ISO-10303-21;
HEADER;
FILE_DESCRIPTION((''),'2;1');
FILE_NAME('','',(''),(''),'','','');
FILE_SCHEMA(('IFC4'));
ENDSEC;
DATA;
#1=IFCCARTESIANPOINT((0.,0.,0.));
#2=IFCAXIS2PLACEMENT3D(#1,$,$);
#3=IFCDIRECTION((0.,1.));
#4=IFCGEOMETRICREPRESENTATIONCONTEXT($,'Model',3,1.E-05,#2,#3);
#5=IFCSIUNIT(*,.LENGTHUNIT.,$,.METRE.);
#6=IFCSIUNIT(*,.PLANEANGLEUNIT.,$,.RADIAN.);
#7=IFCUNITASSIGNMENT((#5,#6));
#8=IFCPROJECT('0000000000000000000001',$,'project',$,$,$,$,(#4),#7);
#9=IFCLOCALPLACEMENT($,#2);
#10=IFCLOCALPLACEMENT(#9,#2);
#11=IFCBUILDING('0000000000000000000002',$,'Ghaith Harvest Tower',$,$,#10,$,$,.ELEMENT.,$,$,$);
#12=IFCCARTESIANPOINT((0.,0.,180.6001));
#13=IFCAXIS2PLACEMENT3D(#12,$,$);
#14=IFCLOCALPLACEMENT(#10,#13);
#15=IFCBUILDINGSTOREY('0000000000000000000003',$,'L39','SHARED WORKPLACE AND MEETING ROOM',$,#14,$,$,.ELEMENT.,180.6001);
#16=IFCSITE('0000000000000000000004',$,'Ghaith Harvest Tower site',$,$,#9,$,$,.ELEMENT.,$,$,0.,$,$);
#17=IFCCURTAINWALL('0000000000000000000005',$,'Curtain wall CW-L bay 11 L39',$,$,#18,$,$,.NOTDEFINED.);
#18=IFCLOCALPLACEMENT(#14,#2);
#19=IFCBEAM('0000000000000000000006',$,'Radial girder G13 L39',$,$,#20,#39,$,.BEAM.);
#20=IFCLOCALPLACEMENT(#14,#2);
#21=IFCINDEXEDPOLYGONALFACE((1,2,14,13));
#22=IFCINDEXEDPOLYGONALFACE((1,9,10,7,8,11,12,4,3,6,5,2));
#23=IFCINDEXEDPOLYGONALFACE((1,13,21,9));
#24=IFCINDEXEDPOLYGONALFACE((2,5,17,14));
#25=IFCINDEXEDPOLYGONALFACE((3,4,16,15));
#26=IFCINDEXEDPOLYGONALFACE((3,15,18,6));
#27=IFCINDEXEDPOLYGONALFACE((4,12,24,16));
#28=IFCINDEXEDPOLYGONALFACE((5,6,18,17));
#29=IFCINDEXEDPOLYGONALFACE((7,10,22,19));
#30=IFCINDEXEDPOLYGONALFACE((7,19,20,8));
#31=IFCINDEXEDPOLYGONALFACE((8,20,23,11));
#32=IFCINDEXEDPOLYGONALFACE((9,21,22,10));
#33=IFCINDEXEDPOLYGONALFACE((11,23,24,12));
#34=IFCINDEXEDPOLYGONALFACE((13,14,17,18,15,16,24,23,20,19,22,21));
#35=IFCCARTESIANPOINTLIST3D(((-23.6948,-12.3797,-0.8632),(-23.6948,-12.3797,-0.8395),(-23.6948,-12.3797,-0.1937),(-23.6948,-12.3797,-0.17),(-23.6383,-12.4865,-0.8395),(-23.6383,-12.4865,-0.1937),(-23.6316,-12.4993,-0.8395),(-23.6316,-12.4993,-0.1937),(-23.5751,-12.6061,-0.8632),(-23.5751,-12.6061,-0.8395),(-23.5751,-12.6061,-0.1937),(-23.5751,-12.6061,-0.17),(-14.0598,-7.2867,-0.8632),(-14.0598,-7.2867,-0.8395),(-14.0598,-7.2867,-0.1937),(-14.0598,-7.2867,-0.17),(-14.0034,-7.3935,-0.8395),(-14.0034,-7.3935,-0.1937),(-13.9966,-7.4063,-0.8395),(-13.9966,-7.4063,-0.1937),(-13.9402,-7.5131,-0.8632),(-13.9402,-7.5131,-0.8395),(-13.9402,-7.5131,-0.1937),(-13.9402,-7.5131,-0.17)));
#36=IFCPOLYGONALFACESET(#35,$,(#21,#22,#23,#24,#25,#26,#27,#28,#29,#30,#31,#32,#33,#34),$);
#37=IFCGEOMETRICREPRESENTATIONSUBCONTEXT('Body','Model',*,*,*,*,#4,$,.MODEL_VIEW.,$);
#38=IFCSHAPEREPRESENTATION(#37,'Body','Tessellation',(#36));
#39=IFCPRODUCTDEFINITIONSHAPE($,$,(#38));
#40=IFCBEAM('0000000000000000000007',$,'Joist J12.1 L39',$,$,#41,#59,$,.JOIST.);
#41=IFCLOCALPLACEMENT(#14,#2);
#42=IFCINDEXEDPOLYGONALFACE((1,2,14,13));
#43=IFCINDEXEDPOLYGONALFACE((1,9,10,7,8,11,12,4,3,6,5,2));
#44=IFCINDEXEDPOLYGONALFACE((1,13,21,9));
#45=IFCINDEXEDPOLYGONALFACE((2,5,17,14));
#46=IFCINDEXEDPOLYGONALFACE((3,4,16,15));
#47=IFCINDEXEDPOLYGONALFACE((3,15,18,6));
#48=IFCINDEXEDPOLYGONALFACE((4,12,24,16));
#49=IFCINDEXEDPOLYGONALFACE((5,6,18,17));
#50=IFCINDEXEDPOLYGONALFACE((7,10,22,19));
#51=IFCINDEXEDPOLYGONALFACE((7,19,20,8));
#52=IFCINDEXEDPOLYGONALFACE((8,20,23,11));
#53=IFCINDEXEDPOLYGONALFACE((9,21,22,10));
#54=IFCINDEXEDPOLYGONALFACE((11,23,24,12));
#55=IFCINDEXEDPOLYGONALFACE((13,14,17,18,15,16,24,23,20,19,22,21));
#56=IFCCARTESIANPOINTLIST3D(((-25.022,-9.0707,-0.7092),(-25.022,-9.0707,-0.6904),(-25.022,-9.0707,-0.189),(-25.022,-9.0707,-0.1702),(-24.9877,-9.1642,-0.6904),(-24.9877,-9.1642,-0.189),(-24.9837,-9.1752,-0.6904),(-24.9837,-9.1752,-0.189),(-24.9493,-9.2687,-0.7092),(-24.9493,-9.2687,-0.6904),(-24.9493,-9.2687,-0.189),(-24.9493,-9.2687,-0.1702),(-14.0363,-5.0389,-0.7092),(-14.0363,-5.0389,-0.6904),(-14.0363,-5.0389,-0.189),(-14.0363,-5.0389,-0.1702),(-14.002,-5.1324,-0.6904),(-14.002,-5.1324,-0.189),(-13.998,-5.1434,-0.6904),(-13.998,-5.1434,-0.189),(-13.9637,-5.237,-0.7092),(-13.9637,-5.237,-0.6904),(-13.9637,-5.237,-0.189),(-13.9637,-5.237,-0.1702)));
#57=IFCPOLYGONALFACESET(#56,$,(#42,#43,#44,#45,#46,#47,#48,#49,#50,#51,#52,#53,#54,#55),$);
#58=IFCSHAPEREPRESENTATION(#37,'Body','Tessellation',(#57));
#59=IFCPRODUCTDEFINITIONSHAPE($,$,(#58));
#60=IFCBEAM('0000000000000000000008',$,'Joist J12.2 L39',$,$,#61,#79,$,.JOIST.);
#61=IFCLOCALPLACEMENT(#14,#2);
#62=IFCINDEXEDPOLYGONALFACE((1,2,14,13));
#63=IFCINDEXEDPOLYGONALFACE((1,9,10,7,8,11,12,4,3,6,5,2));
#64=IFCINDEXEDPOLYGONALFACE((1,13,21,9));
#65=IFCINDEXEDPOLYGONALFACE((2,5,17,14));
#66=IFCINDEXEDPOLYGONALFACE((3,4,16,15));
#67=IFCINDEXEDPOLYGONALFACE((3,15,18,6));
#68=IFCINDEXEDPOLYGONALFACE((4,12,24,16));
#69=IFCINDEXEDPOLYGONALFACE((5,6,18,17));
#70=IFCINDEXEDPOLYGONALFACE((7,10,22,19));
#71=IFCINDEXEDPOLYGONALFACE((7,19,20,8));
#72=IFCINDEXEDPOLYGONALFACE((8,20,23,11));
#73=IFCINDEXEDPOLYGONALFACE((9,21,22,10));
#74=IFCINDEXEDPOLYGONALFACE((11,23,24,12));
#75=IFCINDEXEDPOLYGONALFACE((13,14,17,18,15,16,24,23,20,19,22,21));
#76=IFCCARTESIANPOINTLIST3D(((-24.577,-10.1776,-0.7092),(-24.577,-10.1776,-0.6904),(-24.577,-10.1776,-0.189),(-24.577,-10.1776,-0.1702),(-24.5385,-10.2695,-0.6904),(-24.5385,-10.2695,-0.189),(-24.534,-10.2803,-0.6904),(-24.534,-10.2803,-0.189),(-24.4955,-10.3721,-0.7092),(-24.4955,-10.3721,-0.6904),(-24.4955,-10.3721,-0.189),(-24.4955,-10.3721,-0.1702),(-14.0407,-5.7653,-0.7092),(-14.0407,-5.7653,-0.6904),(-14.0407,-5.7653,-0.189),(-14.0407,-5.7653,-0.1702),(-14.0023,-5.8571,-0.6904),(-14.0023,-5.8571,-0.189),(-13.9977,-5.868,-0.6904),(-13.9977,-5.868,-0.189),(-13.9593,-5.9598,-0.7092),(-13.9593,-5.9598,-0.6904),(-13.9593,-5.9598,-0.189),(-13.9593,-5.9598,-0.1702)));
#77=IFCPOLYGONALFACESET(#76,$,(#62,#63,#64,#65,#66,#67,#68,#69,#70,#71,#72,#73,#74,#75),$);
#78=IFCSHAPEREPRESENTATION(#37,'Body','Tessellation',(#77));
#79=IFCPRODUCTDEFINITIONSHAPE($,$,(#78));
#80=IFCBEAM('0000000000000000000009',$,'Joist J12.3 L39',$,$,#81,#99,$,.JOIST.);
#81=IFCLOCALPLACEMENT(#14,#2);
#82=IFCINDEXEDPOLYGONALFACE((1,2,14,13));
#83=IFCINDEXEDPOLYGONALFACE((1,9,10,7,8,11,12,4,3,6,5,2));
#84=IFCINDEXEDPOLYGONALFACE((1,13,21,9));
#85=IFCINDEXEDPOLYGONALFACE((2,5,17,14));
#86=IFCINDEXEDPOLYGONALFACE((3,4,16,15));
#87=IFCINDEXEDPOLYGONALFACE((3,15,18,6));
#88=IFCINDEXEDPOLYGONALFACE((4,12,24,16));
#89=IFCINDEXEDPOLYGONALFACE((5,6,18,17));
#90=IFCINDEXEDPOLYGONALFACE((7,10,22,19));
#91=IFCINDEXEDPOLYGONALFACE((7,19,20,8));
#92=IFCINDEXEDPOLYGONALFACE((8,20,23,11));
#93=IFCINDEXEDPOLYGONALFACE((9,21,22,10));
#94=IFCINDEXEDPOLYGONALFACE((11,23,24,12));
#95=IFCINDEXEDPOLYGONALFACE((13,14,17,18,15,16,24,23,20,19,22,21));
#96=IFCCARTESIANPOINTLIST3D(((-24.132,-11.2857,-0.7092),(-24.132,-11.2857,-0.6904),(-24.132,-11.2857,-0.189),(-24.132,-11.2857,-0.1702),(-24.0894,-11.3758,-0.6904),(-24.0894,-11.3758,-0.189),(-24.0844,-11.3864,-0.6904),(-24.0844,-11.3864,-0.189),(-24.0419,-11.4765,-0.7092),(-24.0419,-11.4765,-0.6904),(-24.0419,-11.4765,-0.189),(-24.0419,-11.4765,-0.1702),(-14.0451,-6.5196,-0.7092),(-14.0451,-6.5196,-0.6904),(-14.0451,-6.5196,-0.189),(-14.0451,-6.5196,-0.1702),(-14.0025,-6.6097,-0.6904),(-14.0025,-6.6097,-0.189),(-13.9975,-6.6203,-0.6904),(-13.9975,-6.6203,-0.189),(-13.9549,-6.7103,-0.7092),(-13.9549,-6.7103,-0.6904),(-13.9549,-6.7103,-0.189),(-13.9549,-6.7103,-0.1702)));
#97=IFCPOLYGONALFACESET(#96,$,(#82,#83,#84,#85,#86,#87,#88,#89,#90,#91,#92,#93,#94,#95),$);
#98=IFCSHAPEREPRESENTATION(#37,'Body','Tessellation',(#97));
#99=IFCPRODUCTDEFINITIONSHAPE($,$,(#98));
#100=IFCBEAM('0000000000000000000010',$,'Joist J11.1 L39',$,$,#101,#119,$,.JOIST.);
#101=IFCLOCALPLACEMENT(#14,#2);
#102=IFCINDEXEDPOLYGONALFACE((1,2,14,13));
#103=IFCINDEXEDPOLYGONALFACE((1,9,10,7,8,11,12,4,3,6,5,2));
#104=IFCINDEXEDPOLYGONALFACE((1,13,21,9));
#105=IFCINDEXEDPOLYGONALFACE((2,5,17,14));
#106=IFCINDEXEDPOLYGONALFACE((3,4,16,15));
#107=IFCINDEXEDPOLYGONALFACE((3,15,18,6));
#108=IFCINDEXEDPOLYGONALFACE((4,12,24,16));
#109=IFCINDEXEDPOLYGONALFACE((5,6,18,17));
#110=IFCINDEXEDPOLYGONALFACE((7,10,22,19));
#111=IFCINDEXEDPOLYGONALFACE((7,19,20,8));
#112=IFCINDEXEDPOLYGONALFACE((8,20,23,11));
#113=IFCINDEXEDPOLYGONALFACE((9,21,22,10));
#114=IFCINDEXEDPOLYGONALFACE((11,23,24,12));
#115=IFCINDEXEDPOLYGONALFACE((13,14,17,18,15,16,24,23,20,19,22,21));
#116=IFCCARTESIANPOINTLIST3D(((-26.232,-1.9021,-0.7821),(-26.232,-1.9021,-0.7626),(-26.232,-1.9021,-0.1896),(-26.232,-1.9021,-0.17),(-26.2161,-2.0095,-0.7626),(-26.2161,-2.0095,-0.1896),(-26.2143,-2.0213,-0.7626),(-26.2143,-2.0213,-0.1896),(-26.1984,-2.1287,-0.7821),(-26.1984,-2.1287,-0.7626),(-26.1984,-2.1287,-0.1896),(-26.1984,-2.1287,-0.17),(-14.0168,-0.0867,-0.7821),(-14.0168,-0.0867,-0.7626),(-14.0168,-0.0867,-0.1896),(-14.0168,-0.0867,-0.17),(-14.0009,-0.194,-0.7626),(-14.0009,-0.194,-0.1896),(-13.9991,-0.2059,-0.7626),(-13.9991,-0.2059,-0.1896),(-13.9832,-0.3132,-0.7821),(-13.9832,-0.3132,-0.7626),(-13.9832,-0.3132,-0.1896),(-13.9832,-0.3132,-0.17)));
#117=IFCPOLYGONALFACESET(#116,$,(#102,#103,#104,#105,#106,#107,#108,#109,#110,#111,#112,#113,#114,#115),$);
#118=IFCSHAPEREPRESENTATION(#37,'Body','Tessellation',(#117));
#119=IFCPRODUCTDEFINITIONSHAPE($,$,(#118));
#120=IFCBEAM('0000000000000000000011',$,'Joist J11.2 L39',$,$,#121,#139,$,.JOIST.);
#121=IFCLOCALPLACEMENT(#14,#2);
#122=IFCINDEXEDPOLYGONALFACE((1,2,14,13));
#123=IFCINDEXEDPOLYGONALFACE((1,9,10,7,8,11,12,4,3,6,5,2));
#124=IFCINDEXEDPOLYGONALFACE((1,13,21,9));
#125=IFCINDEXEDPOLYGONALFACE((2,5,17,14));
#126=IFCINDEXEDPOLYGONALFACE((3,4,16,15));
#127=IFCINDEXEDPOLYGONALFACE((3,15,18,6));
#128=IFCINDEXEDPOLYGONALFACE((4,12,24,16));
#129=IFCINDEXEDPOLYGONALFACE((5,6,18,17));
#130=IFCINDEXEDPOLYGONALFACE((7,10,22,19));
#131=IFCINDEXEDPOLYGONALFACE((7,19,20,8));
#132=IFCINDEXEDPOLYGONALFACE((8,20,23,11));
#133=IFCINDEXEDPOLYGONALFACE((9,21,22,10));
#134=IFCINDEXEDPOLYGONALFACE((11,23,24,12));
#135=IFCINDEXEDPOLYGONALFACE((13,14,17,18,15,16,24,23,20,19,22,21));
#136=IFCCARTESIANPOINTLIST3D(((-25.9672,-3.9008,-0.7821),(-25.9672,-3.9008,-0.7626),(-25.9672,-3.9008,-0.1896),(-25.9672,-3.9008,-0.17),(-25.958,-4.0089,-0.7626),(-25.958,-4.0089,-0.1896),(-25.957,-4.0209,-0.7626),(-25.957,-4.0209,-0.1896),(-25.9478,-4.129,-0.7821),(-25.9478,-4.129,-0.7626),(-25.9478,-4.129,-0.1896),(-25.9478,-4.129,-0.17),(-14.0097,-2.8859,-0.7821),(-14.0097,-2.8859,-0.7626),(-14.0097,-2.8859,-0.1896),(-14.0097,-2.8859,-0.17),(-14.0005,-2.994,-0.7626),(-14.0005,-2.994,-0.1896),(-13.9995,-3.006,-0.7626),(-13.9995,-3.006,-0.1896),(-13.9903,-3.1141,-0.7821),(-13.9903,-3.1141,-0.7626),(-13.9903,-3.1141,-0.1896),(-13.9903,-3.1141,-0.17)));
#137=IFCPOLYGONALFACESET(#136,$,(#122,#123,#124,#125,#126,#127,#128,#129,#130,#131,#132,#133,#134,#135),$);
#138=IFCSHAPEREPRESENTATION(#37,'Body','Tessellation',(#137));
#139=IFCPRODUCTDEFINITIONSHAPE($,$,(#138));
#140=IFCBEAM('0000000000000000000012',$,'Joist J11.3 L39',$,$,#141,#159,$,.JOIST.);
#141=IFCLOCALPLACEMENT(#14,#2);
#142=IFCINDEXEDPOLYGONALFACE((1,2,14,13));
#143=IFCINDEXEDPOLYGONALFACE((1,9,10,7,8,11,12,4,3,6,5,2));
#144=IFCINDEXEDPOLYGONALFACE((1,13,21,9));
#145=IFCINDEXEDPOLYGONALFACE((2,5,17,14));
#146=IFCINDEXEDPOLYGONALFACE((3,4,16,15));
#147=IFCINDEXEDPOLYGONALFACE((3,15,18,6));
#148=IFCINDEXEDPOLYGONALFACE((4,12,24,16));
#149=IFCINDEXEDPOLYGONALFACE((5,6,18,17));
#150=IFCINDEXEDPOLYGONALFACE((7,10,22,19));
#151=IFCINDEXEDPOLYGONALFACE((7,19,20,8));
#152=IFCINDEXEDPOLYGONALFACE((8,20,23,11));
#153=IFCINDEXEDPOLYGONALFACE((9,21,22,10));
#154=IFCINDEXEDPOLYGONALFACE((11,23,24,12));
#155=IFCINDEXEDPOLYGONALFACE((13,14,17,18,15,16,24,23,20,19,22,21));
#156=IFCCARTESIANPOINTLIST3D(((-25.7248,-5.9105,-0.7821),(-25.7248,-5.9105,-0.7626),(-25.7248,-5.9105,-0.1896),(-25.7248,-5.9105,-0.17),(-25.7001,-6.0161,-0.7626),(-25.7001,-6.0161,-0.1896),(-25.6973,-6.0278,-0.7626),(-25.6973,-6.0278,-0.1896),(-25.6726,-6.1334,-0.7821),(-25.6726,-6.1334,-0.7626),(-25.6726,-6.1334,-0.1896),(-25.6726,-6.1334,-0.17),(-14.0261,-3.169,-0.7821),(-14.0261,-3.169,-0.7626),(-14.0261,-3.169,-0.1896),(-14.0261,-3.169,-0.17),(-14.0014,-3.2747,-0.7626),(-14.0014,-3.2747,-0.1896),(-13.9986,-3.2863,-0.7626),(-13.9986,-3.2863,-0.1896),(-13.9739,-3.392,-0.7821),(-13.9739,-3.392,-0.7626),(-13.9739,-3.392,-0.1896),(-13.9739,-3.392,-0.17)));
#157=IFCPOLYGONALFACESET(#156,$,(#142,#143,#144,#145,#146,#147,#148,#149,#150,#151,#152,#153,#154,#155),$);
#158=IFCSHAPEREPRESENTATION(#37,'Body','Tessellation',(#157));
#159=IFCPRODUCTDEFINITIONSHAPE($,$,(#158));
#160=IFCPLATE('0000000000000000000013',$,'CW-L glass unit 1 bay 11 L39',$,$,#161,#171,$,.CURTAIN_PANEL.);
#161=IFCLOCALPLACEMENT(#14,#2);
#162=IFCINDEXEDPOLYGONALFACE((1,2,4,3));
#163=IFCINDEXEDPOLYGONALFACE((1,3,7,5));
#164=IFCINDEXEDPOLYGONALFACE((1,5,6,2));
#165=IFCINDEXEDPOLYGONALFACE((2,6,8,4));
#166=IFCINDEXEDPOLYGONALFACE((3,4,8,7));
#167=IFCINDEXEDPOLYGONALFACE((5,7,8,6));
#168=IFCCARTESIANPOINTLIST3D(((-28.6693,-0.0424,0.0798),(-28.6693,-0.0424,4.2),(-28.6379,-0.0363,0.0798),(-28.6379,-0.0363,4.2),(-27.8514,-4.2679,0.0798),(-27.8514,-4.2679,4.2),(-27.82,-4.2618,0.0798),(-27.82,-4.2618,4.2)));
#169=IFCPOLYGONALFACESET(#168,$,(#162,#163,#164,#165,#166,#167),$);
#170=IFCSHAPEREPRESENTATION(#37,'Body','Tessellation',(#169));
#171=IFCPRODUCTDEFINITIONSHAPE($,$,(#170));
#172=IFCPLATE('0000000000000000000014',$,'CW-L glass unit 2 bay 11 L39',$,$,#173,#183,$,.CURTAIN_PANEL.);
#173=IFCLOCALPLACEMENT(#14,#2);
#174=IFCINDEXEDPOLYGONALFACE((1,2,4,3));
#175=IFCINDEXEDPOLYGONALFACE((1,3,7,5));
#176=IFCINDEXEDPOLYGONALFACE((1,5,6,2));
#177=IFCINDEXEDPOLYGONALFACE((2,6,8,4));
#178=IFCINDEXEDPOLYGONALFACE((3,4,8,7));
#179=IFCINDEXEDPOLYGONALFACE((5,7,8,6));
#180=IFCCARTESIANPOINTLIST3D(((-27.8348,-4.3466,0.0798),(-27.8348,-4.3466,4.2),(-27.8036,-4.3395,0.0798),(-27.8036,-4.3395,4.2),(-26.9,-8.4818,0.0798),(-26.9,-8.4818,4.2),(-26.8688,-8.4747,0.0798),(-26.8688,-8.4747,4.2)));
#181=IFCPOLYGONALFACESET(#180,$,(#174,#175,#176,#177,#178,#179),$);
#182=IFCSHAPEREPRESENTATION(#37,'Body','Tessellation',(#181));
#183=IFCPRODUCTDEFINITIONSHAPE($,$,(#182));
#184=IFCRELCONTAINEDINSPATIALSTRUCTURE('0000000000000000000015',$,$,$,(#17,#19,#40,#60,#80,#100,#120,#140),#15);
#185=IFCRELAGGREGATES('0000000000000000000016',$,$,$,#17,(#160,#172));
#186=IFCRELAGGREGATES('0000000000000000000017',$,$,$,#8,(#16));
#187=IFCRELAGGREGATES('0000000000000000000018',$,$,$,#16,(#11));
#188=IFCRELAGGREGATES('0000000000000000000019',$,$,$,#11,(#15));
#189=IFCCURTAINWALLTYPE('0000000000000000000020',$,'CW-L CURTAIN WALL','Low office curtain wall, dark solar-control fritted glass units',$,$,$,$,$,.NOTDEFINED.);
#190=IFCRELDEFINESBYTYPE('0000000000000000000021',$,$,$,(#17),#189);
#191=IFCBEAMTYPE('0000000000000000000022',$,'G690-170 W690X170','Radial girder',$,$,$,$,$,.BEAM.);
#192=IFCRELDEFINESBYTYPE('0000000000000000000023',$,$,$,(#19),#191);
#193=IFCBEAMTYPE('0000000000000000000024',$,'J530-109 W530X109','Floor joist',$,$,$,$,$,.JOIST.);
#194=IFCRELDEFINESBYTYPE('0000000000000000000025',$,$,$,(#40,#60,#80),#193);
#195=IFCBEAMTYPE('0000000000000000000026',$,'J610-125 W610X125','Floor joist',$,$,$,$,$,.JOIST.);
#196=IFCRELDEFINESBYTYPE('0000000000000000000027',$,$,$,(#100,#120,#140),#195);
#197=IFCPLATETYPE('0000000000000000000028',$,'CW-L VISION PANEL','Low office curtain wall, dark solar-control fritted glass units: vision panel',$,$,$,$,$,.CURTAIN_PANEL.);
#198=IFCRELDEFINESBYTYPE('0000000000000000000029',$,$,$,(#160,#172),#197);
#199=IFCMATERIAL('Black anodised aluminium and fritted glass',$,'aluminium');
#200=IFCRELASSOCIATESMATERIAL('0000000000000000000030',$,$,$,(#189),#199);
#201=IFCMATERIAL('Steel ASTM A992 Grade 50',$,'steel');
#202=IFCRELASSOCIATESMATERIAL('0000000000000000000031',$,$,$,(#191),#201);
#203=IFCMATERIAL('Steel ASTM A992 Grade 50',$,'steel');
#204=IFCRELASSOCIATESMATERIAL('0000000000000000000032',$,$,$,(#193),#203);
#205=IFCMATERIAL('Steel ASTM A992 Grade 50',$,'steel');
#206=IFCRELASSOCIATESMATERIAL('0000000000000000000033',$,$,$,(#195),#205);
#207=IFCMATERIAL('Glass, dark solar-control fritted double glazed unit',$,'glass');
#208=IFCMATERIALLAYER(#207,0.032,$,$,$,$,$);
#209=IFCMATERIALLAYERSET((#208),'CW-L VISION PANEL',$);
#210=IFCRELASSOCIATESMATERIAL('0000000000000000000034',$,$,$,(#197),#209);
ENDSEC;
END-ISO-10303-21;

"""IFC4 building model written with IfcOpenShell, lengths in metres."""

from ifc_helpers import new_model, si_unit, direction, frame, origin, origin_2d, place, context, subcontext, project, spatial, rectangle, i_section, extrude, material, layer, layer_set, material_profile, profile_set, type_object, element, aggregate, save


model = new_model("IFC4")

# Units and contexts
model_context = context("Model", 3, precision=1e-05, world=origin(), true_north=direction((0.0, 1.0)))
body_context = subcontext(model_context, "Body", "Model", "MODEL_VIEW")
ifc_project = project(units=[si_unit("LENGTHUNIT", "METRE"), si_unit("PLANEANGLEUNIT", "RADIAN")], contexts=[model_context])

# Site, building, storey
site_placement = place(None, origin())
site = spatial("IfcSite", under=ifc_project, at=site_placement, Name="Ghaith Harvest Tower site", CompositionType="ELEMENT", RefElevation=0.0)
building_placement = place(site_placement, origin())
building = spatial("IfcBuilding", under=site, at=building_placement, Name="Ghaith Harvest Tower", CompositionType="ELEMENT")
storey_placement = place(building_placement, frame((0.0, 0.0, 180.6001)))
storey = spatial("IfcBuildingStorey", under=building, at=storey_placement, Name="L39", Description="SHARED WORKPLACE AND MEETING ROOM", CompositionType="ELEMENT", Elevation=180.6001)

# Curtain wall
ifc_material_1 = material(Name="Black anodised aluminium and fritted glass", Category="aluminium")
curtain_wall_type = type_object("IfcCurtainWallType", Name="CW-L CURTAIN WALL", Description="Low office curtain wall, dark solar-control fritted glass units", PredefinedType="NOTDEFINED", material=ifc_material_1)
curtain_wall_1_placement = place(storey_placement, origin())
curtain_wall_1 = element("IfcCurtainWall", 1, at=curtain_wall_1_placement, inside=storey, type_object=curtain_wall_type, Name="Curtain wall CW-L bay 11 L39", PredefinedType="NOTDEFINED")

# Beams
ifc_material_2 = material(Name="Steel ASTM A992 Grade 50", Category="steel")
ifc_material_profile_1 = material_profile(ifc_material_2, i_section(OverallWidth=0.2561, OverallDepth=0.6931, WebThickness=0.0144, FlangeThickness=0.0237, at=origin_2d()), Name="W690X170")
ifc_profile_set_1 = profile_set([ifc_material_profile_1], Name="Steel ASTM A992 Grade 50")
beam_type_1 = type_object("IfcBeamType", Name="G690-170 W690X170", Description="Radial girder", PredefinedType="BEAM", material=ifc_profile_set_1)
beam_1_placement = place(storey_placement, frame((-14.0, -7.3999, -0.5166), z_axis=(-0.884086, -0.467324, 0.0), x_axis=(0.467324, -0.884086, 0.0)))
element("IfcBeam", 2, at=beam_1_placement, inside=storey, type_object=beam_type_1, Name="Radial girder G13 L39", PredefinedType="BEAM", context=body_context, shape_type="SweptSolid", body=[
    extrude(i_section(OverallWidth=0.2561, OverallDepth=0.6931, WebThickness=0.0144, FlangeThickness=0.0237, at=origin_2d()), origin(), (0.0, 0.0, 1.0), 10.8982),
])
ifc_material_3 = material(Name="Steel ASTM A992 Grade 50", Category="steel")
ifc_material_profile_2 = material_profile(ifc_material_3, i_section(OverallWidth=0.2109, OverallDepth=0.5391, WebThickness=0.0117, FlangeThickness=0.0188, at=origin_2d()), Name="W530X109")
ifc_profile_set_2 = profile_set([ifc_material_profile_2], Name="Steel ASTM A992 Grade 50")
beam_type_2 = type_object("IfcBeamType", Name="J530-109 W530X109", Description="Floor joist", PredefinedType="JOIST", material=ifc_profile_set_2)
beam_2_placement = place(storey_placement, frame((-14.0, -5.1379, -0.4397), z_axis=(-0.938774, -0.344532, 0.0), x_axis=(0.344532, -0.938774, 0.0)))
element("IfcBeam", 3, at=beam_2_placement, inside=storey, type_object=beam_type_2, Name="Joist J12.1 L39", PredefinedType="JOIST", context=body_context, shape_type="SweptSolid", body=[
    extrude(i_section(OverallWidth=0.2109, OverallDepth=0.5391, WebThickness=0.0117, FlangeThickness=0.0188, at=origin_2d()), origin(), (0.0, 0.0, 1.0), 11.7021),
])
beam_3_placement = place(storey_placement, frame((-14.0, -5.8625, -0.4397), z_axis=(-0.922386, -0.38627, 0.0), x_axis=(0.38627, -0.922386, 0.0)))
element("IfcBeam", 4, at=beam_3_placement, inside=storey, type_object=beam_type_2, Name="Joist J12.2 L39", PredefinedType="JOIST", context=body_context, shape_type="SweptSolid", body=[
    extrude(i_section(OverallWidth=0.2109, OverallDepth=0.5391, WebThickness=0.0117, FlangeThickness=0.0188, at=origin_2d()), origin(), (0.0, 0.0, 1.0), 11.4229),
])
beam_4_placement = place(storey_placement, frame((-14.0, -6.615, -0.4397), z_axis=(-0.90415, -0.427215, 0.0), x_axis=(0.427215, -0.90415, 0.0)))
element("IfcBeam", 5, at=beam_4_placement, inside=storey, type_object=beam_type_2, Name="Joist J12.3 L39", PredefinedType="JOIST", context=body_context, shape_type="SweptSolid", body=[
    extrude(i_section(OverallWidth=0.2109, OverallDepth=0.5391, WebThickness=0.0117, FlangeThickness=0.0188, at=origin_2d()), origin(), (0.0, 0.0, 1.0), 11.1562),
])
ifc_material_4 = material(Name="Steel ASTM A992 Grade 50", Category="steel")
ifc_material_profile_3 = material_profile(ifc_material_4, i_section(OverallWidth=0.229, OverallDepth=0.6121, WebThickness=0.012, FlangeThickness=0.0195, at=origin_2d()), Name="W610X125")
ifc_profile_set_3 = profile_set([ifc_material_profile_3], Name="Steel ASTM A992 Grade 50")
beam_type_3 = type_object("IfcBeamType", Name="J610-125 W610X125", Description="Floor joist", PredefinedType="JOIST", material=ifc_profile_set_3)
beam_5_placement = place(storey_placement, frame((-14.0, -0.2, -0.4761), z_axis=(-0.989135, -0.147007, 0.0), x_axis=(0.147007, -0.989135, 0.0)))
element("IfcBeam", 6, at=beam_5_placement, inside=storey, type_object=beam_type_3, Name="Joist J11.1 L39", PredefinedType="JOIST", context=body_context, shape_type="SweptSolid", body=[
    extrude(i_section(OverallWidth=0.229, OverallDepth=0.6121, WebThickness=0.012, FlangeThickness=0.0195, at=origin_2d()), origin(), (0.0, 0.0, 1.0), 12.3494),
])
beam_6_placement = place(storey_placement, frame((-14.0, -3.0, -0.4761), z_axis=(-0.996417, -0.084571, 0.0), x_axis=(0.084571, -0.996417, 0.0)))
element("IfcBeam", 7, at=beam_6_placement, inside=storey, type_object=beam_type_3, Name="Joist J11.2 L39", PredefinedType="JOIST", context=body_context, shape_type="SweptSolid", body=[
    extrude(i_section(OverallWidth=0.229, OverallDepth=0.6121, WebThickness=0.012, FlangeThickness=0.0195, at=origin_2d()), origin(), (0.0, 0.0, 1.0), 12.0005),
])
beam_7_placement = place(storey_placement, frame((-14.0, -3.2805, -0.4761), z_axis=(-0.973624, -0.228157, 0.0), x_axis=(0.228157, -0.973624, 0.0)))
element("IfcBeam", 8, at=beam_7_placement, inside=storey, type_object=beam_type_3, Name="Joist J11.3 L39", PredefinedType="JOIST", context=body_context, shape_type="SweptSolid", body=[
    extrude(i_section(OverallWidth=0.229, OverallDepth=0.6121, WebThickness=0.012, FlangeThickness=0.0195, at=origin_2d()), origin(), (0.0, 0.0, 1.0), 12.0156),
])

# Plates
ifc_material_5 = material(Name="Glass, dark solar-control fritted double glazed unit", Category="glass")
ifc_layer_1 = layer(ifc_material_5, 0.032)
ifc_layer_set_1 = layer_set([ifc_layer_1], Name="CW-L VISION PANEL")
plate_type_1 = type_object("IfcPlateType", Name="CW-L VISION PANEL", Description="Low office curtain wall, dark solar-control fritted glass units: vision panel", PredefinedType="CURTAIN_PANEL", material=ifc_layer_set_1)
plate_1_placement = place(storey_placement, frame((-28.2446, -2.1521, 0.0798), z_axis=(0.0, 0.0, 1.0), x_axis=(0.190045, -0.981775, 0.0)))
plate_1 = element("IfcPlate", 9, at=plate_1_placement, type_object=plate_type_1, Name="CW-L glass unit 1 bay 11 L39", PredefinedType="CURTAIN_PANEL", context=body_context, shape_type="SweptSolid", body=[
    extrude(rectangle(XDim=4.304, YDim=0.032, at=origin_2d()), origin(), (0.0, 0.0, 1.0), 4.1201),
])
plate_2_placement = place(storey_placement, frame((-27.3518, -6.4106, 0.0798), z_axis=(0.0, 0.0, 1.0), x_axis=(0.220483, -0.975391, 0.0)))
plate_2 = element("IfcPlate", 10, at=plate_2_placement, type_object=plate_type_1, Name="CW-L glass unit 2 bay 11 L39", PredefinedType="CURTAIN_PANEL", context=body_context, shape_type="SweptSolid", body=[
    extrude(rectangle(XDim=4.2395, YDim=0.032, at=origin_2d()), origin(), (0.0, 0.0, 1.0), 4.1201),
])
aggregate(curtain_wall_1, [plate_1, plate_2])

save(model, "model.ifc")
